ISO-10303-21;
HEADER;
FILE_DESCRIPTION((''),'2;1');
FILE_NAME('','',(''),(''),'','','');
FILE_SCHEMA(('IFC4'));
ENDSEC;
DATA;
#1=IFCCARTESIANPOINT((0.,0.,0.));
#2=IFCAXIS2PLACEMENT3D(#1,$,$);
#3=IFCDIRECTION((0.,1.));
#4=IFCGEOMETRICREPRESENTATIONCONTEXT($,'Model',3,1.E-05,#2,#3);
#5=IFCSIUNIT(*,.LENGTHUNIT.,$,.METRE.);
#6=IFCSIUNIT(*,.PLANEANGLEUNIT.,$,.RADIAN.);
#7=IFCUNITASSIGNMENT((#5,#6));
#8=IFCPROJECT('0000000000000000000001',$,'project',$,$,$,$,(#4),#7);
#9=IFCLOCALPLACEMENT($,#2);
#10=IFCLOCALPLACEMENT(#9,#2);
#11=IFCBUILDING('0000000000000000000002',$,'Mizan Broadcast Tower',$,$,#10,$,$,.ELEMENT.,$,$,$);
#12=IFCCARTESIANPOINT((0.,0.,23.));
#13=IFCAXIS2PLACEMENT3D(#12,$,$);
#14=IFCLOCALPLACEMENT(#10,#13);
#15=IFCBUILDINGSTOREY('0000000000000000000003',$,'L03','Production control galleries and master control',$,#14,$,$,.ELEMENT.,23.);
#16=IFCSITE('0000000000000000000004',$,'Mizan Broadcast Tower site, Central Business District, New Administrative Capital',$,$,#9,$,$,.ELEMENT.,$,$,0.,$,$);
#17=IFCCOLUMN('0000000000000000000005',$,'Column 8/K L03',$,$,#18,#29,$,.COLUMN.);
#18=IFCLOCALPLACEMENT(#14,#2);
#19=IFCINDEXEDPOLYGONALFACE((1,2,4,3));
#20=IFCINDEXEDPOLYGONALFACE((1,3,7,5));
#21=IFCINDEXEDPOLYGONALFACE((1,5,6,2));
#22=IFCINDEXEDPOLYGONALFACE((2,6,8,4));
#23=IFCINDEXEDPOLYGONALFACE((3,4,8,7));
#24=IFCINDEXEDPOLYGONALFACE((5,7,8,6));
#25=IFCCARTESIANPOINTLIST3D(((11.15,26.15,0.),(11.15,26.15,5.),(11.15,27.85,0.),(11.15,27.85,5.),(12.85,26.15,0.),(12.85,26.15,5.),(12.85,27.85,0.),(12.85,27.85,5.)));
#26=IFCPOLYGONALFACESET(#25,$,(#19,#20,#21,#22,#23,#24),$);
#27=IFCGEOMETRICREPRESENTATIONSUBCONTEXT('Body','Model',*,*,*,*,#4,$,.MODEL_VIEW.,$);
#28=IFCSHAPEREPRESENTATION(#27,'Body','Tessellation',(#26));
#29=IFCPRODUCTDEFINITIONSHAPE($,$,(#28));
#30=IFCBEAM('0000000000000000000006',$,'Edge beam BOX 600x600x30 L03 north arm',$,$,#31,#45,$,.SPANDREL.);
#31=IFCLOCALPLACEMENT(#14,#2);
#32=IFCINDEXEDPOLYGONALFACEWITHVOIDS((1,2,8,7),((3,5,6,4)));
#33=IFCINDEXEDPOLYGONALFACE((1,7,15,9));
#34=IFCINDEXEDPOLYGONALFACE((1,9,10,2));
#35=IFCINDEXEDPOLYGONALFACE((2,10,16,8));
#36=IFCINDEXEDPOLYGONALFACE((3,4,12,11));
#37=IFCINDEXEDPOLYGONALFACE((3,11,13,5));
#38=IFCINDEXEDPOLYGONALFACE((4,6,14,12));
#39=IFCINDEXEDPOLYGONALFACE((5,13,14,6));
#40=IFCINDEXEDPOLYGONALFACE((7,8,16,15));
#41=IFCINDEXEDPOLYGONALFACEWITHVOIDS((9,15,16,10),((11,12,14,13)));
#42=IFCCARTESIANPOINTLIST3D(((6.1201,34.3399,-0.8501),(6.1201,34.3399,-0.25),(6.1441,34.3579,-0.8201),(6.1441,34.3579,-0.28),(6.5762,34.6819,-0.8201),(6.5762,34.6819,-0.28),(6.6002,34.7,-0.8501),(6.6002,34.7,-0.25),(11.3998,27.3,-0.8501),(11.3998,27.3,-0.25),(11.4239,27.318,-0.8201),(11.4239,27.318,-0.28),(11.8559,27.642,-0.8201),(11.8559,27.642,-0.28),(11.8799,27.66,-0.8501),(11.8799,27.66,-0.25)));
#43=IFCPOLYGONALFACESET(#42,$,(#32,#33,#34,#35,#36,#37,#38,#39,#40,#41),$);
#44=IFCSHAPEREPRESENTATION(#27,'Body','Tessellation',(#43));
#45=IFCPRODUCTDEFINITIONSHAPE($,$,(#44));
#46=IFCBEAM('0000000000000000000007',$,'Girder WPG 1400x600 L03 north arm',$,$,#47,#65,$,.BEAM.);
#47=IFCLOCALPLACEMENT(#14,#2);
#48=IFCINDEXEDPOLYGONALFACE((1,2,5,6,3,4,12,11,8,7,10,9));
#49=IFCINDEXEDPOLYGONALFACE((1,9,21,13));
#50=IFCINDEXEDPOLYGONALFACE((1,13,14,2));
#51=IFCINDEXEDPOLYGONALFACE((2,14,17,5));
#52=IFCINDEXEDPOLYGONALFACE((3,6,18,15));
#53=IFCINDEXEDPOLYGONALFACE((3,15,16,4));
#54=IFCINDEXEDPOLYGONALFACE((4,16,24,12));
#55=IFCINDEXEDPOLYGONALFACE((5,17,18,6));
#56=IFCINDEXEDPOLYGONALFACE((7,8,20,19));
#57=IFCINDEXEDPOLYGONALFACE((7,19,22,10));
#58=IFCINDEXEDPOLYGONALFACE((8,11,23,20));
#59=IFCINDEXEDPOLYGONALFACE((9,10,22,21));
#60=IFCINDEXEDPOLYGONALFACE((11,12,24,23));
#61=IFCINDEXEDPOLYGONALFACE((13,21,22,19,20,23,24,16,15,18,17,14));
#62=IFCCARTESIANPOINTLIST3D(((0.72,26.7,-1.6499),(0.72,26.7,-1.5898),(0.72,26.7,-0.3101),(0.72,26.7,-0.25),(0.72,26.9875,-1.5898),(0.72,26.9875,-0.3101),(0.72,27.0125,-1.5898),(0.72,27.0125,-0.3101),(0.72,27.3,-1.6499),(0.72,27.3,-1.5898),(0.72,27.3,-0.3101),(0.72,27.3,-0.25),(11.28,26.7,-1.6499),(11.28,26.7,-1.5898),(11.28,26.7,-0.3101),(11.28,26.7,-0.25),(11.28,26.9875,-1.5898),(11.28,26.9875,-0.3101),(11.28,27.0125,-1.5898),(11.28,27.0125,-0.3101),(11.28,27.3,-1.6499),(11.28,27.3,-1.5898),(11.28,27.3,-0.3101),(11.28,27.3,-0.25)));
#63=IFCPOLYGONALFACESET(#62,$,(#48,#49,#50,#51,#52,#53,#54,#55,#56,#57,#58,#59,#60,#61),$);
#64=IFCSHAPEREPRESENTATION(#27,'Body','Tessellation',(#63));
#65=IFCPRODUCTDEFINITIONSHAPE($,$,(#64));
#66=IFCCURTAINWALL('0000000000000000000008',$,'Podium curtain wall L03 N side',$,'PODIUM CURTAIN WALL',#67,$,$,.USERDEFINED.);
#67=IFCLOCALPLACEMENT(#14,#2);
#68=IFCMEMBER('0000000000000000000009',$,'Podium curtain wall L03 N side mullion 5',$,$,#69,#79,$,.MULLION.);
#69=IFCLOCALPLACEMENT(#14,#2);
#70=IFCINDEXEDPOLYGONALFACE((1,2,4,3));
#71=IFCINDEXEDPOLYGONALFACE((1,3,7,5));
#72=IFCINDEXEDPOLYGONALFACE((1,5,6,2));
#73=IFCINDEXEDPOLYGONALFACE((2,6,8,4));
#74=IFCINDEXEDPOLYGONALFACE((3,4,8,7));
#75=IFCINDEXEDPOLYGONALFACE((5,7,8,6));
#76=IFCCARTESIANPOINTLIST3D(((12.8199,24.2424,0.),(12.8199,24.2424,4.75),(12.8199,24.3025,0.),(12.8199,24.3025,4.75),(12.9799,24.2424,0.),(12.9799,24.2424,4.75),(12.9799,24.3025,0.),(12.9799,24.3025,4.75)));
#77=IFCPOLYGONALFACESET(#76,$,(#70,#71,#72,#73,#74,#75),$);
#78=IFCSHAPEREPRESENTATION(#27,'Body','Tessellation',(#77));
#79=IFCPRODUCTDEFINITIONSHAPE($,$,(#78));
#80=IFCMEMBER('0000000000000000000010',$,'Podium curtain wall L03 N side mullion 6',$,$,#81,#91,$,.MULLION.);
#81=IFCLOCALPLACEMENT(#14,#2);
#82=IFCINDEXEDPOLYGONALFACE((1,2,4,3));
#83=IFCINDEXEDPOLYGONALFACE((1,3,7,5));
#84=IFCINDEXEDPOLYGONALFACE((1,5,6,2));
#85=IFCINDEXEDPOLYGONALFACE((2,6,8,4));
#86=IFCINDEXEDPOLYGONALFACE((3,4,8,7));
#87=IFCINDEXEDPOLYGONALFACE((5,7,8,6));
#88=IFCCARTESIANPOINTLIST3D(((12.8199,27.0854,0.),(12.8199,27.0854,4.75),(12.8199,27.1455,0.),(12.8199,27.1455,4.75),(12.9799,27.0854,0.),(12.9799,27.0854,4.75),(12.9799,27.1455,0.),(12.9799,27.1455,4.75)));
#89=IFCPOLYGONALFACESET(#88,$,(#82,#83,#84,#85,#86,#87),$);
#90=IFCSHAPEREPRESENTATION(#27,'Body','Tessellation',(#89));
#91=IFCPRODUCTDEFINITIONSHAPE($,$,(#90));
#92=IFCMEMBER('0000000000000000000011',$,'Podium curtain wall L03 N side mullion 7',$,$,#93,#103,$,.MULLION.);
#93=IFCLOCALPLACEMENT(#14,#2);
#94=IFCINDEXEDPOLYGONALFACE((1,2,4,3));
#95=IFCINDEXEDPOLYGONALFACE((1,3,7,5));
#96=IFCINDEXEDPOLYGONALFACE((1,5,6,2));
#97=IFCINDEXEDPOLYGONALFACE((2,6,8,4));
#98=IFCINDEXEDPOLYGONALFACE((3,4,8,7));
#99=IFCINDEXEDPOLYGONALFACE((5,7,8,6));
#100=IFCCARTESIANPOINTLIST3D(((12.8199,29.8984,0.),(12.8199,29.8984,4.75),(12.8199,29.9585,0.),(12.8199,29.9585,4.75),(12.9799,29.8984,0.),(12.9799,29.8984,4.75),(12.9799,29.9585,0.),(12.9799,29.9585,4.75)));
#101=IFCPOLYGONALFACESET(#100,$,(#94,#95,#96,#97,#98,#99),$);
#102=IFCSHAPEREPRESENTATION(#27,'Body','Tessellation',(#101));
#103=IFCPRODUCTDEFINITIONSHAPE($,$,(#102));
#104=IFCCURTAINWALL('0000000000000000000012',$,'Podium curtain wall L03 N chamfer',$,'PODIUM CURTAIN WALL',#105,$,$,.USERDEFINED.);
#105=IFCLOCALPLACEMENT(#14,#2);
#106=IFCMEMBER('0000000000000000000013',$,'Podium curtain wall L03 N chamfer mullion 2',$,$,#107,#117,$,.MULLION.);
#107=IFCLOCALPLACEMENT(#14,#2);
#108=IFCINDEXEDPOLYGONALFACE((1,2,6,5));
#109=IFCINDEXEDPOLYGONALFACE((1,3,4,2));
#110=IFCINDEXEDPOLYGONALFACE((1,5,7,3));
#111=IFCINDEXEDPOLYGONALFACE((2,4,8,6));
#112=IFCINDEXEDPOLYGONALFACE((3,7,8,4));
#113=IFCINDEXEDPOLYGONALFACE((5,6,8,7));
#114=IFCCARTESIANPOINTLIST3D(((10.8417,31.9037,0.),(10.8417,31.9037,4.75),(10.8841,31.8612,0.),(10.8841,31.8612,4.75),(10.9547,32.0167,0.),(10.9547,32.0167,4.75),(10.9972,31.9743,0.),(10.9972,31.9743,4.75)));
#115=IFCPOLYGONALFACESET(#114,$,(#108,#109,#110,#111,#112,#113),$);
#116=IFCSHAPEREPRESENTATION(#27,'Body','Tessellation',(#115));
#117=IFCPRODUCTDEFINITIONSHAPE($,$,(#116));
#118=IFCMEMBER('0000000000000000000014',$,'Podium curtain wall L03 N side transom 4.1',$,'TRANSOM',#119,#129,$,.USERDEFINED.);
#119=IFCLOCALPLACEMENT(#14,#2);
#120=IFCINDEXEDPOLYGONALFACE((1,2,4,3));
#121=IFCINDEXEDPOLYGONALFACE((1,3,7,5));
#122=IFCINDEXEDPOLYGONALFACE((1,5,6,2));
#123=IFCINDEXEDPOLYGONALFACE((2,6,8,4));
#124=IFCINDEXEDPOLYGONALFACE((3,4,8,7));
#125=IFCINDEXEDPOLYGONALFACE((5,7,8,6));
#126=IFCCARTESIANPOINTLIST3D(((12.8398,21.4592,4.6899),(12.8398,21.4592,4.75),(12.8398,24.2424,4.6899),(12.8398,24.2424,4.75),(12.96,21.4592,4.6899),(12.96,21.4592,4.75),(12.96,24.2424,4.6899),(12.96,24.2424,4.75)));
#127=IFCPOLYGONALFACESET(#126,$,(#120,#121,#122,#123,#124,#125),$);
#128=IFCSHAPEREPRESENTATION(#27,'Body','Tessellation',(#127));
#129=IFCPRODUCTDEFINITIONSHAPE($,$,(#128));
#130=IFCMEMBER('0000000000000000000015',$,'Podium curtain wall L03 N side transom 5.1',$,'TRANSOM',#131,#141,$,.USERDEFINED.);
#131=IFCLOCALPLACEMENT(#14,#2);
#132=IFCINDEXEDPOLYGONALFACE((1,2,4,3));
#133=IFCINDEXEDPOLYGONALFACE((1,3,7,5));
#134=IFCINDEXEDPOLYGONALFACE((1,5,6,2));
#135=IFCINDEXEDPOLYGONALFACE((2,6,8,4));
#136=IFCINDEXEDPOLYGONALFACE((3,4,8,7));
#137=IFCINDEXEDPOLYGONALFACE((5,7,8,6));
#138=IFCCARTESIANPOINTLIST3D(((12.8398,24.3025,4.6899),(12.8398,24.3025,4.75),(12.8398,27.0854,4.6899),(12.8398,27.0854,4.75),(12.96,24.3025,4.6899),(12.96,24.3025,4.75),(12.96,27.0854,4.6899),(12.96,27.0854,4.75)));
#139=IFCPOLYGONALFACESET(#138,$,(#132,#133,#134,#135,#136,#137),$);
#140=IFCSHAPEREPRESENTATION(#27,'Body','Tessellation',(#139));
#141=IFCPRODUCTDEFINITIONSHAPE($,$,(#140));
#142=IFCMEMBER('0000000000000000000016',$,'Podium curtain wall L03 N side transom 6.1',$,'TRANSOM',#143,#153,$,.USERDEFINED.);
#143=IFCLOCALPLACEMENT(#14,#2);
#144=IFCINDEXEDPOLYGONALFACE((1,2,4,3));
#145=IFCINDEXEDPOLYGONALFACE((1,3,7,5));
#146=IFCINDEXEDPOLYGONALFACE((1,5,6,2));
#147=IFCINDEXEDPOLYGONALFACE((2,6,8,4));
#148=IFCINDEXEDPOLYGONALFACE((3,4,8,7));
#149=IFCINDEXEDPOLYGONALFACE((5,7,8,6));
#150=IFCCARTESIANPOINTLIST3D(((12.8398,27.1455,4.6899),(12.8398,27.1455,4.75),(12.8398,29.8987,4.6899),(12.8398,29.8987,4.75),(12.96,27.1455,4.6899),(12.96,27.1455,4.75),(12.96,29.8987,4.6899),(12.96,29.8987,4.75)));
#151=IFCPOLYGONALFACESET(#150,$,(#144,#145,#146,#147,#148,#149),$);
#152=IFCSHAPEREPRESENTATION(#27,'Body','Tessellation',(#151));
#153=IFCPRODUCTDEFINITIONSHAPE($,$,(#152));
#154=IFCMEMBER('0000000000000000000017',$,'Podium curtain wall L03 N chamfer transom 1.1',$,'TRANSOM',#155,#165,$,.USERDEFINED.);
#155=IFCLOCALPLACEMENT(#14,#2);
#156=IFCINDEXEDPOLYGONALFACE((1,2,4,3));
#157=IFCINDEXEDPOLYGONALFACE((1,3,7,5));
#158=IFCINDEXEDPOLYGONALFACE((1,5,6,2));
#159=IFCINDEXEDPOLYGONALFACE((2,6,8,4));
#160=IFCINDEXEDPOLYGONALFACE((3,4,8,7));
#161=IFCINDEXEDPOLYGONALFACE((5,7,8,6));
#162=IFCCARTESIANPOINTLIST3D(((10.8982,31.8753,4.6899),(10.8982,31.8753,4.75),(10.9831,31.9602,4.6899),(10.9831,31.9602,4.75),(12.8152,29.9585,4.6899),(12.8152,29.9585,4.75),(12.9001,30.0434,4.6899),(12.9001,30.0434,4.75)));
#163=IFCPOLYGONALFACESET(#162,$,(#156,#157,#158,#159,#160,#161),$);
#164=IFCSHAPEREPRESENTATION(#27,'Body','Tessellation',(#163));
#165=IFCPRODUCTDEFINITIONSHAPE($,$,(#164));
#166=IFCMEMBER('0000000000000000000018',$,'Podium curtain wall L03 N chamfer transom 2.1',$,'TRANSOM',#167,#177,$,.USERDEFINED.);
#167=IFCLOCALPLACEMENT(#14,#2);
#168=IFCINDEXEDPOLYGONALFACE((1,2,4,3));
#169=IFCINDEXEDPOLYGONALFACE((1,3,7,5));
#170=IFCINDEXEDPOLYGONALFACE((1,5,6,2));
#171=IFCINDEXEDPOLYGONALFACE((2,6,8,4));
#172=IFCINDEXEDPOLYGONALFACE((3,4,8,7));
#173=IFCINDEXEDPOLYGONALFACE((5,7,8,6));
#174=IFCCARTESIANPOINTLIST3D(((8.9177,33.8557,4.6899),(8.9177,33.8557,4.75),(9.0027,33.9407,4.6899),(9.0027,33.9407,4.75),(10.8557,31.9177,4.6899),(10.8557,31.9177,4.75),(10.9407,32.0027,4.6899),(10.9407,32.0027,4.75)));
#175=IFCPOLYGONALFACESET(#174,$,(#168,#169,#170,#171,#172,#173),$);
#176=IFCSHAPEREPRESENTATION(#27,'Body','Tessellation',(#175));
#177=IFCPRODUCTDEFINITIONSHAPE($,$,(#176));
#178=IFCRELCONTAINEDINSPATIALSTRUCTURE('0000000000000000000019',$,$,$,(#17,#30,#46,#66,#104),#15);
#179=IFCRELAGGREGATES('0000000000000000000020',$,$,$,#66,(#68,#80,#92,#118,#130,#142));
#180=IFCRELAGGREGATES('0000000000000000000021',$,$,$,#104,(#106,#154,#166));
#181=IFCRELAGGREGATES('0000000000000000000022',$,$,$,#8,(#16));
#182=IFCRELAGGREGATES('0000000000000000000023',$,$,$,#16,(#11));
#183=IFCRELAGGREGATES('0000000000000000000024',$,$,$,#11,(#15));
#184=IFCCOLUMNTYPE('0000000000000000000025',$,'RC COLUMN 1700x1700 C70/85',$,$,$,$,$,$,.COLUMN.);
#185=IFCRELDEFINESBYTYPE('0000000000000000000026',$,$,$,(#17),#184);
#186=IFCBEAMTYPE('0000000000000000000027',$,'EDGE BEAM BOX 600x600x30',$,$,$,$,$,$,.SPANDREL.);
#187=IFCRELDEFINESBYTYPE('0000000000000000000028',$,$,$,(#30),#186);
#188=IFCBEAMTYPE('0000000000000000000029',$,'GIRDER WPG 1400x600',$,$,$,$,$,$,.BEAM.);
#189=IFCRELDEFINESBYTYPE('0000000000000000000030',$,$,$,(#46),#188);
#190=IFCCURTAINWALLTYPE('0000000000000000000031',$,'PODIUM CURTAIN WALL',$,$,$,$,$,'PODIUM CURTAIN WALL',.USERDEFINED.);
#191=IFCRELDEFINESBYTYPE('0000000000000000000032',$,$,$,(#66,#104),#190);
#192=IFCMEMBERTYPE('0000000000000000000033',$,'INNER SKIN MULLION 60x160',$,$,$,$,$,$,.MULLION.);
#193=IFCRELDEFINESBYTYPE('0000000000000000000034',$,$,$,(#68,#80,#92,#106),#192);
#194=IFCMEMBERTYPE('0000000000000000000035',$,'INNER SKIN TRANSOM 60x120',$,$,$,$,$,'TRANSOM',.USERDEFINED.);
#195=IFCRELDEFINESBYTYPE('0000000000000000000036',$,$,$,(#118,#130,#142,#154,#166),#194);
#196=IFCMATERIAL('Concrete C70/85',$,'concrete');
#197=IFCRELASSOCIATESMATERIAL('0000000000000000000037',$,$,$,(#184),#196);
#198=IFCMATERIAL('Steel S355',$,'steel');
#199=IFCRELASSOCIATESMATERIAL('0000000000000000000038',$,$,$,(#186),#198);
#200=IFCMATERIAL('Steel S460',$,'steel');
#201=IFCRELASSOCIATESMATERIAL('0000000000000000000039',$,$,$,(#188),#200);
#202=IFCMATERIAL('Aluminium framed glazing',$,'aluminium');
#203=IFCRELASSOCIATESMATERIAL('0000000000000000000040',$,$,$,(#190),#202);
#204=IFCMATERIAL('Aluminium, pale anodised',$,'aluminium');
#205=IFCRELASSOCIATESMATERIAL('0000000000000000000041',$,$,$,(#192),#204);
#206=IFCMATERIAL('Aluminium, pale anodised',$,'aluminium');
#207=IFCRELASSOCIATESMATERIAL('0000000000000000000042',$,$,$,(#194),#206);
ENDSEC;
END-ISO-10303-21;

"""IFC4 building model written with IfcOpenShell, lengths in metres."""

from ifc_helpers import new_model, si_unit, direction, frame, origin, origin_2d, place, context, subcontext, project, spatial, rectangle, hollow_rectangle, i_section, extrude, material, material_profile, profile_set, type_object, element, aggregate, save


model = new_model("IFC4")

# Units and contexts
model_context = context("Model", 3, precision=1e-05, world=origin(), true_north=direction((0.0, 1.0)))
body_context = subcontext(model_context, "Body", "Model", "MODEL_VIEW")
ifc_project = project(units=[si_unit("LENGTHUNIT", "METRE"), si_unit("PLANEANGLEUNIT", "RADIAN")], contexts=[model_context])

# Site, building, storey
site_placement = place(None, origin())
site = spatial("IfcSite", under=ifc_project, at=site_placement, Name="Mizan Broadcast Tower site, Central Business District, New Administrative Capital", CompositionType="ELEMENT", RefElevation=0.0)
building_placement = place(site_placement, origin())
building = spatial("IfcBuilding", under=site, at=building_placement, Name="Mizan Broadcast Tower", CompositionType="ELEMENT")
storey_placement = place(building_placement, frame((0.0, 0.0, 23.0)))
storey = spatial("IfcBuildingStorey", under=building, at=storey_placement, Name="L03", Description="Production control galleries and master control", CompositionType="ELEMENT", Elevation=23.0)

# Column
ifc_material_1 = material(Name="Concrete C70/85", Category="concrete")
ifc_material_profile_1 = material_profile(ifc_material_1, rectangle(XDim=1.7, YDim=1.7, at=origin_2d()), Name="RC 1700x1700")
ifc_profile_set_1 = profile_set([ifc_material_profile_1], Name="Concrete C70/85")
column_type = type_object("IfcColumnType", Name="RC COLUMN 1700x1700 C70/85", PredefinedType="COLUMN", material=ifc_profile_set_1)
column_placement = place(storey_placement, frame((12.0, 27.0, 0.0), z_axis=(0.0, 0.0, 1.0), x_axis=(1.0, 0.0, 0.0)))
element("IfcColumn", 1, at=column_placement, inside=storey, type_object=column_type, Name="Column 8/K L03", PredefinedType="COLUMN", context=body_context, shape_type="SweptSolid", body=[
    extrude(rectangle(XDim=1.7, YDim=1.7, at=origin_2d()), origin(), (0.0, 0.0, 1.0), 5.0),
])

# Beams
ifc_material_2 = material(Name="Steel S355", Category="steel")
ifc_material_profile_2 = material_profile(ifc_material_2, hollow_rectangle(XDim=0.6001, YDim=0.6001, WallThickness=0.03, at=origin_2d()), Name="BOX 600x600x30")
ifc_profile_set_2 = profile_set([ifc_material_profile_2], Name="Steel S355")
beam_type_1 = type_object("IfcBeamType", Name="EDGE BEAM BOX 600x600x30", PredefinedType="SPANDREL", material=ifc_profile_set_2)
beam_1_placement = place(storey_placement, frame((11.6399, 27.48, -0.55), z_axis=(-0.599982, 0.800013, 0.0), x_axis=(-0.800013, -0.599982, 0.0)))
element("IfcBeam", 2, at=beam_1_placement, inside=storey, type_object=beam_type_1, Name="Edge beam BOX 600x600x30 L03 north arm", PredefinedType="SPANDREL", context=body_context, shape_type="SweptSolid", body=[
    extrude(hollow_rectangle(XDim=0.6001, YDim=0.6001, WallThickness=0.03, at=origin_2d()), origin(), (0.0, 0.0, 1.0), 8.7998),
])
ifc_material_3 = material(Name="Steel S460", Category="steel")
ifc_material_profile_3 = material_profile(ifc_material_3, i_section(OverallWidth=0.6001, OverallDepth=1.3999, WebThickness=0.0249, FlangeThickness=0.0601, at=origin_2d()), Name="WPG 1400x600")
ifc_profile_set_3 = profile_set([ifc_material_profile_3], Name="Steel S460")
beam_type_2 = type_object("IfcBeamType", Name="GIRDER WPG 1400x600", PredefinedType="BEAM", material=ifc_profile_set_3)
beam_2_placement = place(storey_placement, frame((11.28, 27.0, -0.95), z_axis=(-1.0, 0.0, 0.0), x_axis=(0.0, -1.0, 0.0)))
element("IfcBeam", 3, at=beam_2_placement, inside=storey, type_object=beam_type_2, Name="Girder WPG 1400x600 L03 north arm", PredefinedType="BEAM", context=body_context, shape_type="SweptSolid", body=[
    extrude(i_section(OverallWidth=0.6001, OverallDepth=1.3999, WebThickness=0.0249, FlangeThickness=0.0601, at=origin_2d()), origin(), (0.0, 0.0, 1.0), 10.5601),
])

# Curtain wall, members
ifc_material_4 = material(Name="Aluminium framed glazing", Category="aluminium")
curtain_wall_type_1 = type_object("IfcCurtainWallType", Name="PODIUM CURTAIN WALL", ElementType="PODIUM CURTAIN WALL", PredefinedType="USERDEFINED", material=ifc_material_4)
curtain_wall_1_placement = place(storey_placement, origin())
curtain_wall_1 = element("IfcCurtainWall", 4, at=curtain_wall_1_placement, inside=storey, type_object=curtain_wall_type_1, Name="Podium curtain wall L03 N side", ObjectType="PODIUM CURTAIN WALL", PredefinedType="USERDEFINED")
ifc_material_5 = material(Name="Aluminium, pale anodised", Category="aluminium")
ifc_material_profile_4 = material_profile(ifc_material_5, rectangle(XDim=0.1599, YDim=0.0601, at=origin_2d()), Name="MULLION 160x60")
ifc_profile_set_4 = profile_set([ifc_material_profile_4], Name="Aluminium, pale anodised")
member_type_1 = type_object("IfcMemberType", Name="INNER SKIN MULLION 60x160", PredefinedType="MULLION", material=ifc_profile_set_4)
member_1_placement = place(storey_placement, frame((12.8999, 24.2725, 0.0), z_axis=(0.0, 0.0, 1.0), x_axis=(-1.0, 0.0, 0.0)))
member_1 = element("IfcMember", 5, at=member_1_placement, type_object=member_type_1, Name="Podium curtain wall L03 N side mullion 5", PredefinedType="MULLION", context=body_context, shape_type="SweptSolid", body=[
    extrude(rectangle(XDim=0.1599, YDim=0.0601, at=origin_2d()), origin(), (0.0, 0.0, 1.0), 4.75),
])
member_2_placement = place(storey_placement, frame((12.8999, 27.1155, 0.0), z_axis=(0.0, 0.0, 1.0), x_axis=(-1.0, 0.0, 0.0)))
member_2 = element("IfcMember", 6, at=member_2_placement, type_object=member_type_1, Name="Podium curtain wall L03 N side mullion 6", PredefinedType="MULLION", context=body_context, shape_type="SweptSolid", body=[
    extrude(rectangle(XDim=0.1599, YDim=0.0601, at=origin_2d()), origin(), (0.0, 0.0, 1.0), 4.75),
])
member_3_placement = place(storey_placement, frame((12.8999, 29.9285, 0.0), z_axis=(0.0, 0.0, 1.0), x_axis=(-1.0, 0.0, 0.0)))
member_3 = element("IfcMember", 7, at=member_3_placement, type_object=member_type_1, Name="Podium curtain wall L03 N side mullion 7", PredefinedType="MULLION", context=body_context, shape_type="SweptSolid", body=[
    extrude(rectangle(XDim=0.1599, YDim=0.0601, at=origin_2d()), origin(), (0.0, 0.0, 1.0), 4.75),
])

# Curtain wall, member
curtain_wall_2_placement = place(storey_placement, origin())
curtain_wall_2 = element("IfcCurtainWall", 8, at=curtain_wall_2_placement, inside=storey, type_object=curtain_wall_type_1, Name="Podium curtain wall L03 N chamfer", ObjectType="PODIUM CURTAIN WALL", PredefinedType="USERDEFINED")
member_4_placement = place(storey_placement, frame((10.9194, 31.939, 0.0), z_axis=(0.0, 0.0, 1.0), x_axis=(-0.707107, -0.707107, 0.0)))
member_4 = element("IfcMember", 9, at=member_4_placement, type_object=member_type_1, Name="Podium curtain wall L03 N chamfer mullion 2", PredefinedType="MULLION", context=body_context, shape_type="SweptSolid", body=[
    extrude(rectangle(XDim=0.1599, YDim=0.0601, at=origin_2d()), origin(), (0.0, 0.0, 1.0), 4.75),
])

# Members
ifc_material_6 = material(Name="Aluminium, pale anodised", Category="aluminium")
ifc_material_profile_5 = material_profile(ifc_material_6, rectangle(XDim=0.1201, YDim=0.0601, at=origin_2d()), Name="TRANSOM 120x60")
ifc_profile_set_5 = profile_set([ifc_material_profile_5], Name="Aluminium, pale anodised")
member_type_2 = type_object("IfcMemberType", Name="INNER SKIN TRANSOM 60x120", ElementType="TRANSOM", PredefinedType="USERDEFINED", material=ifc_profile_set_5)
member_5_placement = place(storey_placement, frame((12.8999, 21.4592, 4.72), z_axis=(0.0, 1.0, 0.0), x_axis=(-1.0, 0.0, 0.0)))
member_5 = element("IfcMember", 10, at=member_5_placement, type_object=member_type_2, Name="Podium curtain wall L03 N side transom 4.1", ObjectType="TRANSOM", PredefinedType="USERDEFINED", context=body_context, shape_type="SweptSolid", body=[
    extrude(rectangle(XDim=0.1201, YDim=0.0601, at=origin_2d()), origin(), (0.0, 0.0, 1.0), 2.7832),
])
member_6_placement = place(storey_placement, frame((12.8999, 24.3025, 4.72), z_axis=(0.0, 1.0, 0.0), x_axis=(-1.0, 0.0, 0.0)))
member_6 = element("IfcMember", 11, at=member_6_placement, type_object=member_type_2, Name="Podium curtain wall L03 N side transom 5.1", ObjectType="TRANSOM", PredefinedType="USERDEFINED", context=body_context, shape_type="SweptSolid", body=[
    extrude(rectangle(XDim=0.1201, YDim=0.0601, at=origin_2d()), origin(), (0.0, 0.0, 1.0), 2.783),
])
member_7_placement = place(storey_placement, frame((12.8999, 27.1455, 4.72), z_axis=(0.0, 1.0, 0.0), x_axis=(-1.0, 0.0, 0.0)))
member_7 = element("IfcMember", 12, at=member_7_placement, type_object=member_type_2, Name="Podium curtain wall L03 N side transom 6.1", ObjectType="TRANSOM", PredefinedType="USERDEFINED", context=body_context, shape_type="SweptSolid", body=[
    extrude(rectangle(XDim=0.1201, YDim=0.0601, at=origin_2d()), origin(), (0.0, 0.0, 1.0), 2.7532),
])
member_8_placement = place(storey_placement, frame((12.8577, 30.001, 4.72), z_axis=(-0.707152, 0.707062, 0.0), x_axis=(-0.707062, -0.707152, 0.0)))
member_8 = element("IfcMember", 13, at=member_8_placement, type_object=member_type_2, Name="Podium curtain wall L03 N chamfer transom 1.1", ObjectType="TRANSOM", PredefinedType="USERDEFINED", context=body_context, shape_type="SweptSolid", body=[
    extrude(rectangle(XDim=0.1201, YDim=0.0601, at=origin_2d()), origin(), (0.0, 0.0, 1.0), 2.7109),
])
member_9_placement = place(storey_placement, frame((10.8982, 31.9602, 4.72), z_axis=(-0.707107, 0.707107, 0.0), x_axis=(-0.707107, -0.707107, 0.0)))
member_9 = element("IfcMember", 14, at=member_9_placement, type_object=member_type_2, Name="Podium curtain wall L03 N chamfer transom 2.1", ObjectType="TRANSOM", PredefinedType="USERDEFINED", context=body_context, shape_type="SweptSolid", body=[
    extrude(rectangle(XDim=0.1201, YDim=0.0601, at=origin_2d()), origin(), (0.0, 0.0, 1.0), 2.7407),
])

aggregate(curtain_wall_1, [member_1, member_2, member_3, member_5, member_6, member_7])
aggregate(curtain_wall_2, [member_4, member_8, member_9])

save(model, "model.ifc")
